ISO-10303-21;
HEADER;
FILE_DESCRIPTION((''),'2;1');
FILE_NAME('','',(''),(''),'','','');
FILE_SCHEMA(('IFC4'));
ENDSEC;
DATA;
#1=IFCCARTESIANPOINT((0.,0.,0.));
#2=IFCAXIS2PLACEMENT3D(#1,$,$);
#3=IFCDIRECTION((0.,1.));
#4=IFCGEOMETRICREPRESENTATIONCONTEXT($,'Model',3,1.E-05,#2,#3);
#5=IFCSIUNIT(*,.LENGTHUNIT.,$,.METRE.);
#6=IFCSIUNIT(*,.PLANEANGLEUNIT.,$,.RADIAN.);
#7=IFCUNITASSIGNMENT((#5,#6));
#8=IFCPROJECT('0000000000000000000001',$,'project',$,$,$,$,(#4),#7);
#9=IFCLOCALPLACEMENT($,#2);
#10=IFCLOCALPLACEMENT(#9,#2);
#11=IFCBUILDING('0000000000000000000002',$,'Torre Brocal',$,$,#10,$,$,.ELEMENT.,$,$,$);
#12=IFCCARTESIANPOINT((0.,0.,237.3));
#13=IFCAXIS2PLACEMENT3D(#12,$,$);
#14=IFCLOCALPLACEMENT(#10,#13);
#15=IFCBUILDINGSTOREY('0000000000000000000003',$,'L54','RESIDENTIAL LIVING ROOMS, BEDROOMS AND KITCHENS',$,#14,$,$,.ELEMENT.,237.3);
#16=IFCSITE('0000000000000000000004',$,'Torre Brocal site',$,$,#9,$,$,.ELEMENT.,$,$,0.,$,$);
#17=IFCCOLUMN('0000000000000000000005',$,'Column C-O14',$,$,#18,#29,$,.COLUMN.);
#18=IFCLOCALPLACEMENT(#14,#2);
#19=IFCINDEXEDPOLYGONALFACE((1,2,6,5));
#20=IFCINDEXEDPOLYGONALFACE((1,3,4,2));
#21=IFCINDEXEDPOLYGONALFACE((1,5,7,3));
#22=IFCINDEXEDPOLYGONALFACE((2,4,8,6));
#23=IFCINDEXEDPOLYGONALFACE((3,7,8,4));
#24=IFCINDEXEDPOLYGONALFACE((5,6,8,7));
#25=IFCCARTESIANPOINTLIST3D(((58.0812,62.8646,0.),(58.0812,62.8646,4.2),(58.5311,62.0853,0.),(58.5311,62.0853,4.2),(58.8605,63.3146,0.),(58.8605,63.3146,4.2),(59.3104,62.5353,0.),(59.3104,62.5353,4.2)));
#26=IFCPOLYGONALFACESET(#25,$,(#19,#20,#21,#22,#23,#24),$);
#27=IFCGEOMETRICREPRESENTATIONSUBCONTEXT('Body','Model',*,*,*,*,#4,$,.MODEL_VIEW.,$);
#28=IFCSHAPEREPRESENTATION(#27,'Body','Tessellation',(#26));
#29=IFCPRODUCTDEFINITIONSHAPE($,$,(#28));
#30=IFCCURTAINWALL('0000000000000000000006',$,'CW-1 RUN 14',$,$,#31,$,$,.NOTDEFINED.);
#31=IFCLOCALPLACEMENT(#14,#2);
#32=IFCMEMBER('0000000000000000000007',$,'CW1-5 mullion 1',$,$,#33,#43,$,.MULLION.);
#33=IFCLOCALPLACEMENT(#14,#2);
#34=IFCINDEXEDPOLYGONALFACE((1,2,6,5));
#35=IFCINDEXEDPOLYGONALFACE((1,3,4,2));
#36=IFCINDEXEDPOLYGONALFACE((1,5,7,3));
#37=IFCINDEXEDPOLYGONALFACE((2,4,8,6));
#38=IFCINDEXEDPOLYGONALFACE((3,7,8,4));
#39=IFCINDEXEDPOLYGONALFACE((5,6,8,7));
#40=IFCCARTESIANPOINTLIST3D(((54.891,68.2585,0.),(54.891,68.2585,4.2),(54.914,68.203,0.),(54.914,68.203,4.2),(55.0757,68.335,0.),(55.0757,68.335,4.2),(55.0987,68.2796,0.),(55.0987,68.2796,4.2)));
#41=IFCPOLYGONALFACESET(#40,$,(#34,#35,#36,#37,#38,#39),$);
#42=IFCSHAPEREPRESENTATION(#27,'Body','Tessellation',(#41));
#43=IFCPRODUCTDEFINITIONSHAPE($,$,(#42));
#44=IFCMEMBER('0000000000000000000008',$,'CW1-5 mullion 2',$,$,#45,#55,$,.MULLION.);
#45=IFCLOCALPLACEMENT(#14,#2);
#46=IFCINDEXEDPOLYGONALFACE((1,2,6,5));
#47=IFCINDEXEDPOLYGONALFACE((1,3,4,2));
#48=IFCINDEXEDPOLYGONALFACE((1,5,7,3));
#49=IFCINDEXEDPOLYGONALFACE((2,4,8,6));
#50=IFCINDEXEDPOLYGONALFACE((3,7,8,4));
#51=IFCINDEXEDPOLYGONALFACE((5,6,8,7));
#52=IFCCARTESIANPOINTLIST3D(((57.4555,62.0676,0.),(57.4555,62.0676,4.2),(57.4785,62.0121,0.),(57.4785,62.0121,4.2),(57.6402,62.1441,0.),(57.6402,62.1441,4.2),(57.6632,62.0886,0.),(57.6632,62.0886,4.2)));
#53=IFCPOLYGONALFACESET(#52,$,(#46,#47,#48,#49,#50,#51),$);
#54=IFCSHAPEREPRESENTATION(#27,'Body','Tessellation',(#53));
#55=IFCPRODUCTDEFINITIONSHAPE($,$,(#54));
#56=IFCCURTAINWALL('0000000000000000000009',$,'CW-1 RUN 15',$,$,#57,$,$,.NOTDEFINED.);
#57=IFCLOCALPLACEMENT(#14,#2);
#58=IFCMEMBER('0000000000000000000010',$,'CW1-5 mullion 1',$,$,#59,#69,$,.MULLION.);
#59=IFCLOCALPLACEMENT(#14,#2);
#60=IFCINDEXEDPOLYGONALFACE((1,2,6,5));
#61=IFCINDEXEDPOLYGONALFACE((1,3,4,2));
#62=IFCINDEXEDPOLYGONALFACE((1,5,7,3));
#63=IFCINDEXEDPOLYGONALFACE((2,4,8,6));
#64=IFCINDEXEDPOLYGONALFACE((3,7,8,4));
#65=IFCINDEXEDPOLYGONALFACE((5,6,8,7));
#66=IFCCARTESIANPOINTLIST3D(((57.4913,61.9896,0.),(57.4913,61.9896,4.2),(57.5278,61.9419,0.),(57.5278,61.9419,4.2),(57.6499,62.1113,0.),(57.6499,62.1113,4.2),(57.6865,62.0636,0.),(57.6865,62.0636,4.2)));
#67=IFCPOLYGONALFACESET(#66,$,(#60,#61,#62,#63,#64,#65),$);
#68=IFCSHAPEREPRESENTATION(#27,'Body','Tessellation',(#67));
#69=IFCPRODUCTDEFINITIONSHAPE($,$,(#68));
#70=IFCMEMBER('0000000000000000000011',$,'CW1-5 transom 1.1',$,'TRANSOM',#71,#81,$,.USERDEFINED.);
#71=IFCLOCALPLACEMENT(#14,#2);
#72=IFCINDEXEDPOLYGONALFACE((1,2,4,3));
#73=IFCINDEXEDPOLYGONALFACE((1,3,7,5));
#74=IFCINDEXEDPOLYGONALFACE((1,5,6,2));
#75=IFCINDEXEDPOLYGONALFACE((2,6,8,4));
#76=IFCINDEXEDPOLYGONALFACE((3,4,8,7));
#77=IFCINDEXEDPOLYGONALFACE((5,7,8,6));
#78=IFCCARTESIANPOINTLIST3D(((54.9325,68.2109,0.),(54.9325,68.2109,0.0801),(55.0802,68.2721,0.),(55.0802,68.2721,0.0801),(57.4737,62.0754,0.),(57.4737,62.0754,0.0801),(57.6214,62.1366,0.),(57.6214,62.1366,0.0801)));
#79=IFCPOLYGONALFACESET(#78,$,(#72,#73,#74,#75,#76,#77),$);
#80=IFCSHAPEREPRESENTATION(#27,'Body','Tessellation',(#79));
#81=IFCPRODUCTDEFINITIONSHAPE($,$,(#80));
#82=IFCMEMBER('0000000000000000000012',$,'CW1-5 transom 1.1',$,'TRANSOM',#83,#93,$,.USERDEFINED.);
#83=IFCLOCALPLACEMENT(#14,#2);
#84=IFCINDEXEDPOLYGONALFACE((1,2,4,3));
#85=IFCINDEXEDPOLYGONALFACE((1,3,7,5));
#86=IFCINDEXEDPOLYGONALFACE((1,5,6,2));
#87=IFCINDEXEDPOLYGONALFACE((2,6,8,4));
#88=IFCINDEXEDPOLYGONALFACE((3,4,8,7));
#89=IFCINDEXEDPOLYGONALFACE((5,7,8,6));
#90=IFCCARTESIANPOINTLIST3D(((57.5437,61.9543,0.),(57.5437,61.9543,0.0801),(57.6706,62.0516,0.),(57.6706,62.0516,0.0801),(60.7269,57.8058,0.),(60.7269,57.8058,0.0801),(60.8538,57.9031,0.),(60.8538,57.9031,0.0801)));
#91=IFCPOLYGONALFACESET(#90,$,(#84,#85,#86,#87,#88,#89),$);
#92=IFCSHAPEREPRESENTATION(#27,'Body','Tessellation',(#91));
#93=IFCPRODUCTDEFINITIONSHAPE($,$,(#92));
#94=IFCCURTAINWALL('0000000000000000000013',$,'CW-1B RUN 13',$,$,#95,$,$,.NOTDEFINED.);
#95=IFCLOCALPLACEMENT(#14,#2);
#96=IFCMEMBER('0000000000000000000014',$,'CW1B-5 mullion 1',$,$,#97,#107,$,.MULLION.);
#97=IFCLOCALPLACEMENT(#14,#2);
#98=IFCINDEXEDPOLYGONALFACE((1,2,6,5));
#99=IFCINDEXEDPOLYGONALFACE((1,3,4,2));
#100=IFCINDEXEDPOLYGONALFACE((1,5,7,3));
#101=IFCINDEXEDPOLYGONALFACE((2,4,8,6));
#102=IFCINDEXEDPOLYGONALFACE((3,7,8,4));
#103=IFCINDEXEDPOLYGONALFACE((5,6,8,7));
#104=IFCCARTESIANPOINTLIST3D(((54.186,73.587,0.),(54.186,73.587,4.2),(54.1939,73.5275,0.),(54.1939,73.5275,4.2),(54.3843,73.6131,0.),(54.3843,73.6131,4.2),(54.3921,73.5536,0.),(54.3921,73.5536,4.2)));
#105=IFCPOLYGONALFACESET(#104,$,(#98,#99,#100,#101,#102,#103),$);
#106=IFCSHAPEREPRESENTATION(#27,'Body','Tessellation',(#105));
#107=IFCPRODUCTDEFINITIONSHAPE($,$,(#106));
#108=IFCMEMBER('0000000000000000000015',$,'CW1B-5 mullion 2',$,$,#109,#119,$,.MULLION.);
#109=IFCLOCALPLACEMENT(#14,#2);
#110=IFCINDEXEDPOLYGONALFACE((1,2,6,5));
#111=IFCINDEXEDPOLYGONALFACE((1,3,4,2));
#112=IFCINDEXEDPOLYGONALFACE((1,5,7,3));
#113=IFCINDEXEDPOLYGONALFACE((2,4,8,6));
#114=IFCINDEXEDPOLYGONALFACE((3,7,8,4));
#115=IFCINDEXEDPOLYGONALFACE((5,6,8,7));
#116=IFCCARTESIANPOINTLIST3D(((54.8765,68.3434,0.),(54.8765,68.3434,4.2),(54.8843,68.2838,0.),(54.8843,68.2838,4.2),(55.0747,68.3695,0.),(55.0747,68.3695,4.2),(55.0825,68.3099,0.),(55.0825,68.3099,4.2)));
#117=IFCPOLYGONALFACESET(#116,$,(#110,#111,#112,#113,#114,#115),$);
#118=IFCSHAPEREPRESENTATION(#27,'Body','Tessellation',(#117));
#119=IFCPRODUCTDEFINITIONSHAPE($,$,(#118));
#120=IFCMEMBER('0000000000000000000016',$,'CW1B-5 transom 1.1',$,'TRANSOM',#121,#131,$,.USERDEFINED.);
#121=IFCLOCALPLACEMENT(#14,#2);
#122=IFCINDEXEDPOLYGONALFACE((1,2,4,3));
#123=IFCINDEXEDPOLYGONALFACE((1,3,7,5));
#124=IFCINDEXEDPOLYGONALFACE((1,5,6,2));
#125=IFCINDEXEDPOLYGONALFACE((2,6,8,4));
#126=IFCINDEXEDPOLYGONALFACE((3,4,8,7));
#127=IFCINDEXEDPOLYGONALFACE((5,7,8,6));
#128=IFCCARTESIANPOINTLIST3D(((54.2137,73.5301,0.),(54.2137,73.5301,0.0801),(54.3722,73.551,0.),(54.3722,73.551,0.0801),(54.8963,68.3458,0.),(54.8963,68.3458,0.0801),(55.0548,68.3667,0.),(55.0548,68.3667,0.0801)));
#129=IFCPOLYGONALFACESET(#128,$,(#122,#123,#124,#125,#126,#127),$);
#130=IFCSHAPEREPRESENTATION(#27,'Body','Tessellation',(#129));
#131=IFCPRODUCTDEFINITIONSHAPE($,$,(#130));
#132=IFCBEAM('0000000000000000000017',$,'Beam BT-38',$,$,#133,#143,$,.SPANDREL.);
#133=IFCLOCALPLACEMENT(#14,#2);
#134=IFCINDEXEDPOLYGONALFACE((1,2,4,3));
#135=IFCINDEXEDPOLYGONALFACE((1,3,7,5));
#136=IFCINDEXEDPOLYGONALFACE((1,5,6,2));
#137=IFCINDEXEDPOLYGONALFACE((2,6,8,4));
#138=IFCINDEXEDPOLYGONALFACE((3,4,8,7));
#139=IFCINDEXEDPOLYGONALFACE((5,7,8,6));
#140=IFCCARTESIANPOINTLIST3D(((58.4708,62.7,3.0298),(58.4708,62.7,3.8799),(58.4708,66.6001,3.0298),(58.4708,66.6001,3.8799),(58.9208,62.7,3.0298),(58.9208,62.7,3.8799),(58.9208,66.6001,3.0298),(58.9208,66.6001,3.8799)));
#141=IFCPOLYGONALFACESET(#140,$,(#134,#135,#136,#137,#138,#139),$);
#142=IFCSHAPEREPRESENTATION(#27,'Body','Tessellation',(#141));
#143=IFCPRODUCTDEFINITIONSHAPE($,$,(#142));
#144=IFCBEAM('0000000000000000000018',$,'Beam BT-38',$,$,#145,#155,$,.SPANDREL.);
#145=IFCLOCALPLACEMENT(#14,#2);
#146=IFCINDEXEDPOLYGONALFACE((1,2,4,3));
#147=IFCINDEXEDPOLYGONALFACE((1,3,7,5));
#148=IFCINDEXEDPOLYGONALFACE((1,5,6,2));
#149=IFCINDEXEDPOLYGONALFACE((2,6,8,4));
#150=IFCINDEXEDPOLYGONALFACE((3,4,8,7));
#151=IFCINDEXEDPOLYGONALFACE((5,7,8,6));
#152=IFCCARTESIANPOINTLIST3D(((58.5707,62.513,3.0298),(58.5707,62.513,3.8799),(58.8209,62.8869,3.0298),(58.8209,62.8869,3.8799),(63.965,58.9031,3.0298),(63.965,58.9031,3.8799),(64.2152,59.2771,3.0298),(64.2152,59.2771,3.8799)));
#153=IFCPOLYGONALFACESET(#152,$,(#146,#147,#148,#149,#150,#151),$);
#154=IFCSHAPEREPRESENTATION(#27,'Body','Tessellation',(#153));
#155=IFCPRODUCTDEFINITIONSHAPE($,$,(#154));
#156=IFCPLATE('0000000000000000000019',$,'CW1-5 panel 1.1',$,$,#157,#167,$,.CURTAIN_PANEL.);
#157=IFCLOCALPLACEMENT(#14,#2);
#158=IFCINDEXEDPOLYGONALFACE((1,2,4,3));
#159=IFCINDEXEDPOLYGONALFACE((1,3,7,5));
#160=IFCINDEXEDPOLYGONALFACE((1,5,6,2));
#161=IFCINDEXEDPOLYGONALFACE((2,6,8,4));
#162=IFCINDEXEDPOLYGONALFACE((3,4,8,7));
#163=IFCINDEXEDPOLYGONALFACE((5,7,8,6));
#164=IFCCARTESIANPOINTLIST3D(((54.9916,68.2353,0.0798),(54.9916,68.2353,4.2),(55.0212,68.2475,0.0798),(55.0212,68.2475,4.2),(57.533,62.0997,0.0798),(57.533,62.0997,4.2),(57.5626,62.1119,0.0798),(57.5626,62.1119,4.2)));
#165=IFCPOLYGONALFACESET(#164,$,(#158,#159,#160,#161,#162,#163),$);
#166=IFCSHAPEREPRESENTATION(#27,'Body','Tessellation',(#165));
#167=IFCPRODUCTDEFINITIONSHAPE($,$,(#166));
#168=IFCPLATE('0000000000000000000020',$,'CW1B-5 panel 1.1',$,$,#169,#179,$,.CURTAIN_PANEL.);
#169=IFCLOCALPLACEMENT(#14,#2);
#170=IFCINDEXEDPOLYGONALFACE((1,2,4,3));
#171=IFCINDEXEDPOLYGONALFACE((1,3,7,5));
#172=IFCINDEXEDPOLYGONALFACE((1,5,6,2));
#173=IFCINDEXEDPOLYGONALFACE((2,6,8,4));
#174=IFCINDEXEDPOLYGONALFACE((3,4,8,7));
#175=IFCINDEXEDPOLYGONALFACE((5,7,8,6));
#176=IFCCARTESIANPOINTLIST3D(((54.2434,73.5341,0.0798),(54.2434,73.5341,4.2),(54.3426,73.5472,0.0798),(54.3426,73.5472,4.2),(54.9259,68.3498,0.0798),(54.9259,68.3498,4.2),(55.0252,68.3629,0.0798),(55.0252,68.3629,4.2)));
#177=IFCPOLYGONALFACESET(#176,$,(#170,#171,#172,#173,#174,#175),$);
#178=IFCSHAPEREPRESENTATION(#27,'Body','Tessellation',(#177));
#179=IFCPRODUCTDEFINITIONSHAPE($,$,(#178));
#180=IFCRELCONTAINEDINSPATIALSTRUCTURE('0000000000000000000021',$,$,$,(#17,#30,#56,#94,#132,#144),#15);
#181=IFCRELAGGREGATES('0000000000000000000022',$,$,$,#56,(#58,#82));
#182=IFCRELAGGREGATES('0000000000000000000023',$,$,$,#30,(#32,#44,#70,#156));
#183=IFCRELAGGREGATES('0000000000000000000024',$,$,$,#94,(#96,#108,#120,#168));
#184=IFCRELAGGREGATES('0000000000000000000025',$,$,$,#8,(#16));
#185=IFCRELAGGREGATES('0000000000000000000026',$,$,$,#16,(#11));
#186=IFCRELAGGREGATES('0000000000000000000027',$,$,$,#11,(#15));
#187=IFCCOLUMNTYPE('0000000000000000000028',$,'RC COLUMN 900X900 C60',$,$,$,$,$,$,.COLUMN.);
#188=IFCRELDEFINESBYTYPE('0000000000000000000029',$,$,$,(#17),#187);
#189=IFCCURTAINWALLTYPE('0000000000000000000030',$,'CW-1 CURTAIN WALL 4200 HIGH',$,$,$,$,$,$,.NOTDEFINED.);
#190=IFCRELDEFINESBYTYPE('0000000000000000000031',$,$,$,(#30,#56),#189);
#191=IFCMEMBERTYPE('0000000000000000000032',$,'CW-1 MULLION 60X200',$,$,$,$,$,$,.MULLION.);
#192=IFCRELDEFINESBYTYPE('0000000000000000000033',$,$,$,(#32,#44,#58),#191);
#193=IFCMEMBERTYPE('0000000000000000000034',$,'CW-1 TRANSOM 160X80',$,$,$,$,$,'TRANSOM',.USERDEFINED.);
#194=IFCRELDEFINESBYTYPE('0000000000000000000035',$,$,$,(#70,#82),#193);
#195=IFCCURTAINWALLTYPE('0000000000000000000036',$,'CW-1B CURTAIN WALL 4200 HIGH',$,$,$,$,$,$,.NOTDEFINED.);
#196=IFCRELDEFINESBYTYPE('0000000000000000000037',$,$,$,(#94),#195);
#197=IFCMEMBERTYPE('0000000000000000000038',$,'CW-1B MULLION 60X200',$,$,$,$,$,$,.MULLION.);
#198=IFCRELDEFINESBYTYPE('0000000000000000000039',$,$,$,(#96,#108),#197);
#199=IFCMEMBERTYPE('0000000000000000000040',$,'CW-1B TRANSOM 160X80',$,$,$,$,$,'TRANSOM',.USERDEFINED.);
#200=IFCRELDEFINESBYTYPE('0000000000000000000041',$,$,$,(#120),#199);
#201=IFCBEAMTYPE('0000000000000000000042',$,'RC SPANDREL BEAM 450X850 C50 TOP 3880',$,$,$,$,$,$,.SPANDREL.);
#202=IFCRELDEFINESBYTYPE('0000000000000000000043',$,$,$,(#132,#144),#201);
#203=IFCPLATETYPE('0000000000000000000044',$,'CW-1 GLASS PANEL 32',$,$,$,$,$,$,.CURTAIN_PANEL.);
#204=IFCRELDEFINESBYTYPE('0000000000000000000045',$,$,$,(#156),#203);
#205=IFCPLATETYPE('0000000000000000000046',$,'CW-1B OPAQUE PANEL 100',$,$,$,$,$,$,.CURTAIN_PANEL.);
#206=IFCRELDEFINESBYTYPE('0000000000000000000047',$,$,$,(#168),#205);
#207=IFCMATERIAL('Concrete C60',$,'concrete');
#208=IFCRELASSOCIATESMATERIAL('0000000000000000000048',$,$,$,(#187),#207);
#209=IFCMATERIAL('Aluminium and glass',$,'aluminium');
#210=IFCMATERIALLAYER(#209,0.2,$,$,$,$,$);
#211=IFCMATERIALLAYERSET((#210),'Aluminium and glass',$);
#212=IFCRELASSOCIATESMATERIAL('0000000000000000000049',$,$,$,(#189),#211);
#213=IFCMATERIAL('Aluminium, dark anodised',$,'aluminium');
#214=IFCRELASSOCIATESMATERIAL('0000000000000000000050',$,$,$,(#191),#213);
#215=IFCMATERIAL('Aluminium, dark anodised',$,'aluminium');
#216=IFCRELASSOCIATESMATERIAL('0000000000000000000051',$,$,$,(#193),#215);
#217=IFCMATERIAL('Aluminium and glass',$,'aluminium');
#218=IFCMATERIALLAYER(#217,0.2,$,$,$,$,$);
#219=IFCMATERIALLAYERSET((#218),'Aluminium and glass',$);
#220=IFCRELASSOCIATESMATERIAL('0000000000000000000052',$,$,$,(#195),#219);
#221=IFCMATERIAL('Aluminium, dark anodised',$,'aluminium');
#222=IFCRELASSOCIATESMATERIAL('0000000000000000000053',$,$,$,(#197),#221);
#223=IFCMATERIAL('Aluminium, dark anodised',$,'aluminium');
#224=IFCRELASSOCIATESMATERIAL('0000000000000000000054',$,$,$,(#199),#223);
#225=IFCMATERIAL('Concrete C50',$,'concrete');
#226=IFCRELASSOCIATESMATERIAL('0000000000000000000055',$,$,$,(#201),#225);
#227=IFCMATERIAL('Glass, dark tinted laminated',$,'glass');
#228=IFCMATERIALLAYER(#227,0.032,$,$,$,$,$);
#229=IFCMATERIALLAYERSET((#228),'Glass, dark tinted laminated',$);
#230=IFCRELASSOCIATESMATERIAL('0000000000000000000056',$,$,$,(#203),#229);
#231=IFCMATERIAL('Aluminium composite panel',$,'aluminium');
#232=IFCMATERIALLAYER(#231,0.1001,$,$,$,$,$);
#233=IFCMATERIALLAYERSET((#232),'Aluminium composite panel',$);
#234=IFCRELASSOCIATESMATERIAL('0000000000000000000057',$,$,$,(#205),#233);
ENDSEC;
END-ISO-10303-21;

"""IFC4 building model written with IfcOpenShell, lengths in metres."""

from ifc_helpers import new_model, si_unit, direction, frame, origin, origin_2d, place, context, subcontext, project, spatial, rectangle, extrude, material, layer, layer_set, material_profile, profile_set, type_object, element, aggregate, save


model = new_model("IFC4")

# Units and contexts
model_context = context("Model", 3, precision=1e-05, world=origin(), true_north=direction((0.0, 1.0)))
body_context = subcontext(model_context, "Body", "Model", "MODEL_VIEW")
ifc_project = project(units=[si_unit("LENGTHUNIT", "METRE"), si_unit("PLANEANGLEUNIT", "RADIAN")], contexts=[model_context])

# Site, building, storey
site_placement = place(None, origin())
site = spatial("IfcSite", under=ifc_project, at=site_placement, Name="Torre Brocal site", CompositionType="ELEMENT", RefElevation=0.0)
building_placement = place(site_placement, origin())
building = spatial("IfcBuilding", under=site, at=building_placement, Name="Torre Brocal", CompositionType="ELEMENT")
storey_placement = place(building_placement, frame((0.0, 0.0, 237.3)))
storey = spatial("IfcBuildingStorey", under=building, at=storey_placement, Name="L54", Description="RESIDENTIAL LIVING ROOMS, BEDROOMS AND KITCHENS", CompositionType="ELEMENT", Elevation=237.3)

# Column
ifc_material_1 = material(Name="Concrete C60", Category="concrete")
ifc_material_profile_1 = material_profile(ifc_material_1, rectangle(XDim=0.8999, YDim=0.8999, at=origin_2d()), Name="RC 900X900")
ifc_profile_set_1 = profile_set([ifc_material_profile_1], Name="Concrete C60")
column_type = type_object("IfcColumnType", Name="RC COLUMN 900X900 C60", PredefinedType="COLUMN", material=ifc_profile_set_1)
column_placement = place(storey_placement, frame((58.6958, 62.7, 0.0), z_axis=(0.0, 0.0, 1.0), x_axis=(-0.866025, -0.5, 0.0)))
element("IfcColumn", 1, at=column_placement, inside=storey, type_object=column_type, Name="Column C-O14", PredefinedType="COLUMN", context=body_context, shape_type="SweptSolid", body=[
    extrude(rectangle(XDim=0.8999, YDim=0.8999, at=origin_2d()), origin(), (0.0, 0.0, 1.0), 4.2),
])

# Curtain wall, members
ifc_material_2 = material(Name="Aluminium and glass", Category="aluminium")
ifc_layer_1 = layer(ifc_material_2, 0.2)
ifc_layer_set_1 = layer_set([ifc_layer_1], Name="Aluminium and glass")
curtain_wall_type_1 = type_object("IfcCurtainWallType", Name="CW-1 CURTAIN WALL 4200 HIGH", PredefinedType="NOTDEFINED", material=ifc_layer_set_1)
curtain_wall_1_placement = place(storey_placement, origin())
curtain_wall_1 = element("IfcCurtainWall", 2, at=curtain_wall_1_placement, inside=storey, type_object=curtain_wall_type_1, Name="CW-1 RUN 14", PredefinedType="NOTDEFINED")
ifc_material_3 = material(Name="Aluminium, dark anodised", Category="aluminium")
ifc_material_profile_2 = material_profile(ifc_material_3, rectangle(XDim=0.2, YDim=0.0601, at=origin_2d()), Name="CW-1 MULLION 60X200")
ifc_profile_set_2 = profile_set([ifc_material_profile_2], Name="Aluminium, dark anodised")
member_type_1 = type_object("IfcMemberType", Name="CW-1 MULLION 60X200", PredefinedType="MULLION", material=ifc_profile_set_2)
member_1_placement = place(storey_placement, frame((54.9949, 68.269, 0.0), z_axis=(0.0, 0.0, 1.0), x_axis=(0.92388, 0.382683, 0.0)))
member_1 = element("IfcMember", 3, at=member_1_placement, type_object=member_type_1, Name="CW1-5 mullion 1", PredefinedType="MULLION", context=body_context, shape_type="SweptSolid", body=[
    extrude(rectangle(XDim=0.2, YDim=0.0601, at=origin_2d()), origin(), (0.0, 0.0, 1.0), 4.2),
])
member_2_placement = place(storey_placement, frame((57.5593, 62.0781, 0.0), z_axis=(0.0, 0.0, 1.0), x_axis=(0.92388, 0.382683, 0.0)))
member_2 = element("IfcMember", 4, at=member_2_placement, type_object=member_type_1, Name="CW1-5 mullion 2", PredefinedType="MULLION", context=body_context, shape_type="SweptSolid", body=[
    extrude(rectangle(XDim=0.2, YDim=0.0601, at=origin_2d()), origin(), (0.0, 0.0, 1.0), 4.2),
])

# Curtain wall, member
curtain_wall_2_placement = place(storey_placement, origin())
curtain_wall_2 = element("IfcCurtainWall", 5, at=curtain_wall_2_placement, inside=storey, type_object=curtain_wall_type_1, Name="CW-1 RUN 15", PredefinedType="NOTDEFINED")
member_3_placement = place(storey_placement, frame((57.5889, 62.0266, 0.0), z_axis=(0.0, 0.0, 1.0), x_axis=(0.793353, 0.608761, 0.0)))
member_3 = element("IfcMember", 6, at=member_3_placement, type_object=member_type_1, Name="CW1-5 mullion 1", PredefinedType="MULLION", context=body_context, shape_type="SweptSolid", body=[
    extrude(rectangle(XDim=0.2, YDim=0.0601, at=origin_2d()), origin(), (0.0, 0.0, 1.0), 4.2),
])

# Members
ifc_material_4 = material(Name="Aluminium, dark anodised", Category="aluminium")
ifc_material_profile_3 = material_profile(ifc_material_4, rectangle(XDim=0.1599, YDim=0.0801, at=origin_2d()), Name="CW-1 TRANSOM 160X80")
ifc_profile_set_3 = profile_set([ifc_material_profile_3], Name="Aluminium, dark anodised")
member_type_2 = type_object("IfcMemberType", Name="CW-1 TRANSOM 160X80", ElementType="TRANSOM", PredefinedType="USERDEFINED", material=ifc_profile_set_3)
member_4_placement = place(storey_placement, frame((55.0063, 68.2415, 0.04), z_axis=(0.382665, -0.923887, 0.0), x_axis=(0.923887, 0.382665, 0.0)))
member_4 = element("IfcMember", 7, at=member_4_placement, type_object=member_type_2, Name="CW1-5 transom 1.1", ObjectType="TRANSOM", PredefinedType="USERDEFINED", context=body_context, shape_type="SweptSolid", body=[
    extrude(rectangle(XDim=0.1599, YDim=0.0801, at=origin_2d()), origin(), (0.0, 0.0, 1.0), 6.6409),
])
member_5_placement = place(storey_placement, frame((57.6072, 62.0029, 0.04), z_axis=(0.608749, -0.793363, 0.0), x_axis=(0.793363, 0.608749, 0.0)))
member_5 = element("IfcMember", 8, at=member_5_placement, type_object=member_type_2, Name="CW1-5 transom 1.1", ObjectType="TRANSOM", PredefinedType="USERDEFINED", context=body_context, shape_type="SweptSolid", body=[
    extrude(rectangle(XDim=0.1599, YDim=0.0801, at=origin_2d()), origin(), (0.0, 0.0, 1.0), 5.229),
])
aggregate(curtain_wall_2, [member_3, member_5])

# Curtain wall, members
ifc_material_5 = material(Name="Aluminium and glass", Category="aluminium")
ifc_layer_2 = layer(ifc_material_5, 0.2)
ifc_layer_set_2 = layer_set([ifc_layer_2], Name="Aluminium and glass")
curtain_wall_type_2 = type_object("IfcCurtainWallType", Name="CW-1B CURTAIN WALL 4200 HIGH", PredefinedType="NOTDEFINED", material=ifc_layer_set_2)
curtain_wall_3_placement = place(storey_placement, origin())
curtain_wall_3 = element("IfcCurtainWall", 9, at=curtain_wall_3_placement, inside=storey, type_object=curtain_wall_type_2, Name="CW-1B RUN 13", PredefinedType="NOTDEFINED")
ifc_material_6 = material(Name="Aluminium, dark anodised", Category="aluminium")
ifc_material_profile_4 = material_profile(ifc_material_6, rectangle(XDim=0.2, YDim=0.0601, at=origin_2d()), Name="CW-1B MULLION 60X200")
ifc_profile_set_4 = profile_set([ifc_material_profile_4], Name="Aluminium, dark anodised")
member_type_3 = type_object("IfcMemberType", Name="CW-1B MULLION 60X200", PredefinedType="MULLION", material=ifc_profile_set_4)
member_6_placement = place(storey_placement, frame((54.2891, 73.5703, 0.0), z_axis=(0.0, 0.0, 1.0), x_axis=(0.991445, 0.130526, 0.0)))
member_6 = element("IfcMember", 10, at=member_6_placement, type_object=member_type_3, Name="CW1B-5 mullion 1", PredefinedType="MULLION", context=body_context, shape_type="SweptSolid", body=[
    extrude(rectangle(XDim=0.2, YDim=0.0601, at=origin_2d()), origin(), (0.0, 0.0, 1.0), 4.2),
])
member_7_placement = place(storey_placement, frame((54.9795, 68.3267, 0.0), z_axis=(0.0, 0.0, 1.0), x_axis=(0.991445, 0.130526, 0.0)))
member_7 = element("IfcMember", 11, at=member_7_placement, type_object=member_type_3, Name="CW1B-5 mullion 2", PredefinedType="MULLION", context=body_context, shape_type="SweptSolid", body=[
    extrude(rectangle(XDim=0.2, YDim=0.0601, at=origin_2d()), origin(), (0.0, 0.0, 1.0), 4.2),
])
ifc_material_7 = material(Name="Aluminium, dark anodised", Category="aluminium")
ifc_material_profile_5 = material_profile(ifc_material_7, rectangle(XDim=0.1599, YDim=0.0801, at=origin_2d()), Name="CW-1B TRANSOM 160X80")
ifc_profile_set_5 = profile_set([ifc_material_profile_5], Name="Aluminium, dark anodised")
member_type_4 = type_object("IfcMemberType", Name="CW-1B TRANSOM 160X80", ElementType="TRANSOM", PredefinedType="USERDEFINED", material=ifc_profile_set_5)
member_8_placement = place(storey_placement, frame((54.293, 73.5405, 0.04), z_axis=(0.130543, -0.991443, 0.0), x_axis=(0.991443, 0.130543, 0.0)))
member_8 = element("IfcMember", 12, at=member_8_placement, type_object=member_type_4, Name="CW1B-5 transom 1.1", ObjectType="TRANSOM", PredefinedType="USERDEFINED", context=body_context, shape_type="SweptSolid", body=[
    extrude(rectangle(XDim=0.1599, YDim=0.0801, at=origin_2d()), origin(), (0.0, 0.0, 1.0), 5.229),
])

# Beams
ifc_material_8 = material(Name="Concrete C50", Category="concrete")
ifc_material_profile_6 = material_profile(ifc_material_8, rectangle(XDim=0.45, YDim=0.8501, at=origin_2d()), Name="RC 450X850")
ifc_profile_set_6 = profile_set([ifc_material_profile_6], Name="Concrete C50")
beam_type = type_object("IfcBeamType", Name="RC SPANDREL BEAM 450X850 C50 TOP 3880", PredefinedType="SPANDREL", material=ifc_profile_set_6)
beam_1_placement = place(storey_placement, frame((58.6958, 62.7, 3.4548), z_axis=(0.0, 1.0, 0.0), x_axis=(-1.0, 0.0, 0.0)))
element("IfcBeam", 13, at=beam_1_placement, inside=storey, type_object=beam_type, Name="Beam BT-38", PredefinedType="SPANDREL", context=body_context, shape_type="SweptSolid", body=[
    extrude(rectangle(XDim=0.45, YDim=0.8501, at=origin_2d()), origin(), (0.0, 0.0, 1.0), 3.9001),
])
beam_2_placement = place(storey_placement, frame((58.6958, 62.7, 3.4548), z_axis=(0.831077, -0.556158, 0.0), x_axis=(0.556158, 0.831077, 0.0)))
element("IfcBeam", 14, at=beam_2_placement, inside=storey, type_object=beam_type, Name="Beam BT-38", PredefinedType="SPANDREL", context=body_context, shape_type="SweptSolid", body=[
    extrude(rectangle(XDim=0.45, YDim=0.8501, at=origin_2d()), origin(), (0.0, 0.0, 1.0), 6.4907),
])

# Plates
ifc_material_9 = material(Name="Glass, dark tinted laminated", Category="glass")
ifc_layer_3 = layer(ifc_material_9, 0.032)
ifc_layer_set_3 = layer_set([ifc_layer_3], Name="Glass, dark tinted laminated")
plate_type_1 = type_object("IfcPlateType", Name="CW-1 GLASS PANEL 32", PredefinedType="CURTAIN_PANEL", material=ifc_layer_set_3)
plate_1_placement = place(storey_placement, frame((56.2771, 65.1736, 0.0798), z_axis=(0.0, 0.0, 1.0), x_axis=(0.382683, -0.92388, 0.0)))
plate_1 = element("IfcPlate", 15, at=plate_1_placement, type_object=plate_type_1, Name="CW1-5 panel 1.1", PredefinedType="CURTAIN_PANEL", context=body_context, shape_type="SweptSolid", body=[
    extrude(rectangle(XDim=6.6411, YDim=0.032, at=origin_2d()), origin(), (0.0, 0.0, 1.0), 4.1201),
])
aggregate(curtain_wall_1, [member_1, member_2, member_4, plate_1])
ifc_material_10 = material(Name="Aluminium composite panel", Category="aluminium")
ifc_layer_4 = layer(ifc_material_10, 0.1001)
ifc_layer_set_4 = layer_set([ifc_layer_4], Name="Aluminium composite panel")
plate_type_2 = type_object("IfcPlateType", Name="CW-1B OPAQUE PANEL 100", PredefinedType="CURTAIN_PANEL", material=ifc_layer_set_4)
plate_2_placement = place(storey_placement, frame((54.6343, 70.9485, 0.0798), z_axis=(0.0, 0.0, 1.0), x_axis=(0.130526, -0.991445, 0.0)))
plate_2 = element("IfcPlate", 16, at=plate_2_placement, type_object=plate_type_2, Name="CW1B-5 panel 1.1", PredefinedType="CURTAIN_PANEL", context=body_context, shape_type="SweptSolid", body=[
    extrude(rectangle(XDim=5.229, YDim=0.1001, at=origin_2d()), origin(), (0.0, 0.0, 1.0), 4.1201),
])
aggregate(curtain_wall_3, [member_6, member_7, member_8, plate_2])

save(model, "model.ifc")
